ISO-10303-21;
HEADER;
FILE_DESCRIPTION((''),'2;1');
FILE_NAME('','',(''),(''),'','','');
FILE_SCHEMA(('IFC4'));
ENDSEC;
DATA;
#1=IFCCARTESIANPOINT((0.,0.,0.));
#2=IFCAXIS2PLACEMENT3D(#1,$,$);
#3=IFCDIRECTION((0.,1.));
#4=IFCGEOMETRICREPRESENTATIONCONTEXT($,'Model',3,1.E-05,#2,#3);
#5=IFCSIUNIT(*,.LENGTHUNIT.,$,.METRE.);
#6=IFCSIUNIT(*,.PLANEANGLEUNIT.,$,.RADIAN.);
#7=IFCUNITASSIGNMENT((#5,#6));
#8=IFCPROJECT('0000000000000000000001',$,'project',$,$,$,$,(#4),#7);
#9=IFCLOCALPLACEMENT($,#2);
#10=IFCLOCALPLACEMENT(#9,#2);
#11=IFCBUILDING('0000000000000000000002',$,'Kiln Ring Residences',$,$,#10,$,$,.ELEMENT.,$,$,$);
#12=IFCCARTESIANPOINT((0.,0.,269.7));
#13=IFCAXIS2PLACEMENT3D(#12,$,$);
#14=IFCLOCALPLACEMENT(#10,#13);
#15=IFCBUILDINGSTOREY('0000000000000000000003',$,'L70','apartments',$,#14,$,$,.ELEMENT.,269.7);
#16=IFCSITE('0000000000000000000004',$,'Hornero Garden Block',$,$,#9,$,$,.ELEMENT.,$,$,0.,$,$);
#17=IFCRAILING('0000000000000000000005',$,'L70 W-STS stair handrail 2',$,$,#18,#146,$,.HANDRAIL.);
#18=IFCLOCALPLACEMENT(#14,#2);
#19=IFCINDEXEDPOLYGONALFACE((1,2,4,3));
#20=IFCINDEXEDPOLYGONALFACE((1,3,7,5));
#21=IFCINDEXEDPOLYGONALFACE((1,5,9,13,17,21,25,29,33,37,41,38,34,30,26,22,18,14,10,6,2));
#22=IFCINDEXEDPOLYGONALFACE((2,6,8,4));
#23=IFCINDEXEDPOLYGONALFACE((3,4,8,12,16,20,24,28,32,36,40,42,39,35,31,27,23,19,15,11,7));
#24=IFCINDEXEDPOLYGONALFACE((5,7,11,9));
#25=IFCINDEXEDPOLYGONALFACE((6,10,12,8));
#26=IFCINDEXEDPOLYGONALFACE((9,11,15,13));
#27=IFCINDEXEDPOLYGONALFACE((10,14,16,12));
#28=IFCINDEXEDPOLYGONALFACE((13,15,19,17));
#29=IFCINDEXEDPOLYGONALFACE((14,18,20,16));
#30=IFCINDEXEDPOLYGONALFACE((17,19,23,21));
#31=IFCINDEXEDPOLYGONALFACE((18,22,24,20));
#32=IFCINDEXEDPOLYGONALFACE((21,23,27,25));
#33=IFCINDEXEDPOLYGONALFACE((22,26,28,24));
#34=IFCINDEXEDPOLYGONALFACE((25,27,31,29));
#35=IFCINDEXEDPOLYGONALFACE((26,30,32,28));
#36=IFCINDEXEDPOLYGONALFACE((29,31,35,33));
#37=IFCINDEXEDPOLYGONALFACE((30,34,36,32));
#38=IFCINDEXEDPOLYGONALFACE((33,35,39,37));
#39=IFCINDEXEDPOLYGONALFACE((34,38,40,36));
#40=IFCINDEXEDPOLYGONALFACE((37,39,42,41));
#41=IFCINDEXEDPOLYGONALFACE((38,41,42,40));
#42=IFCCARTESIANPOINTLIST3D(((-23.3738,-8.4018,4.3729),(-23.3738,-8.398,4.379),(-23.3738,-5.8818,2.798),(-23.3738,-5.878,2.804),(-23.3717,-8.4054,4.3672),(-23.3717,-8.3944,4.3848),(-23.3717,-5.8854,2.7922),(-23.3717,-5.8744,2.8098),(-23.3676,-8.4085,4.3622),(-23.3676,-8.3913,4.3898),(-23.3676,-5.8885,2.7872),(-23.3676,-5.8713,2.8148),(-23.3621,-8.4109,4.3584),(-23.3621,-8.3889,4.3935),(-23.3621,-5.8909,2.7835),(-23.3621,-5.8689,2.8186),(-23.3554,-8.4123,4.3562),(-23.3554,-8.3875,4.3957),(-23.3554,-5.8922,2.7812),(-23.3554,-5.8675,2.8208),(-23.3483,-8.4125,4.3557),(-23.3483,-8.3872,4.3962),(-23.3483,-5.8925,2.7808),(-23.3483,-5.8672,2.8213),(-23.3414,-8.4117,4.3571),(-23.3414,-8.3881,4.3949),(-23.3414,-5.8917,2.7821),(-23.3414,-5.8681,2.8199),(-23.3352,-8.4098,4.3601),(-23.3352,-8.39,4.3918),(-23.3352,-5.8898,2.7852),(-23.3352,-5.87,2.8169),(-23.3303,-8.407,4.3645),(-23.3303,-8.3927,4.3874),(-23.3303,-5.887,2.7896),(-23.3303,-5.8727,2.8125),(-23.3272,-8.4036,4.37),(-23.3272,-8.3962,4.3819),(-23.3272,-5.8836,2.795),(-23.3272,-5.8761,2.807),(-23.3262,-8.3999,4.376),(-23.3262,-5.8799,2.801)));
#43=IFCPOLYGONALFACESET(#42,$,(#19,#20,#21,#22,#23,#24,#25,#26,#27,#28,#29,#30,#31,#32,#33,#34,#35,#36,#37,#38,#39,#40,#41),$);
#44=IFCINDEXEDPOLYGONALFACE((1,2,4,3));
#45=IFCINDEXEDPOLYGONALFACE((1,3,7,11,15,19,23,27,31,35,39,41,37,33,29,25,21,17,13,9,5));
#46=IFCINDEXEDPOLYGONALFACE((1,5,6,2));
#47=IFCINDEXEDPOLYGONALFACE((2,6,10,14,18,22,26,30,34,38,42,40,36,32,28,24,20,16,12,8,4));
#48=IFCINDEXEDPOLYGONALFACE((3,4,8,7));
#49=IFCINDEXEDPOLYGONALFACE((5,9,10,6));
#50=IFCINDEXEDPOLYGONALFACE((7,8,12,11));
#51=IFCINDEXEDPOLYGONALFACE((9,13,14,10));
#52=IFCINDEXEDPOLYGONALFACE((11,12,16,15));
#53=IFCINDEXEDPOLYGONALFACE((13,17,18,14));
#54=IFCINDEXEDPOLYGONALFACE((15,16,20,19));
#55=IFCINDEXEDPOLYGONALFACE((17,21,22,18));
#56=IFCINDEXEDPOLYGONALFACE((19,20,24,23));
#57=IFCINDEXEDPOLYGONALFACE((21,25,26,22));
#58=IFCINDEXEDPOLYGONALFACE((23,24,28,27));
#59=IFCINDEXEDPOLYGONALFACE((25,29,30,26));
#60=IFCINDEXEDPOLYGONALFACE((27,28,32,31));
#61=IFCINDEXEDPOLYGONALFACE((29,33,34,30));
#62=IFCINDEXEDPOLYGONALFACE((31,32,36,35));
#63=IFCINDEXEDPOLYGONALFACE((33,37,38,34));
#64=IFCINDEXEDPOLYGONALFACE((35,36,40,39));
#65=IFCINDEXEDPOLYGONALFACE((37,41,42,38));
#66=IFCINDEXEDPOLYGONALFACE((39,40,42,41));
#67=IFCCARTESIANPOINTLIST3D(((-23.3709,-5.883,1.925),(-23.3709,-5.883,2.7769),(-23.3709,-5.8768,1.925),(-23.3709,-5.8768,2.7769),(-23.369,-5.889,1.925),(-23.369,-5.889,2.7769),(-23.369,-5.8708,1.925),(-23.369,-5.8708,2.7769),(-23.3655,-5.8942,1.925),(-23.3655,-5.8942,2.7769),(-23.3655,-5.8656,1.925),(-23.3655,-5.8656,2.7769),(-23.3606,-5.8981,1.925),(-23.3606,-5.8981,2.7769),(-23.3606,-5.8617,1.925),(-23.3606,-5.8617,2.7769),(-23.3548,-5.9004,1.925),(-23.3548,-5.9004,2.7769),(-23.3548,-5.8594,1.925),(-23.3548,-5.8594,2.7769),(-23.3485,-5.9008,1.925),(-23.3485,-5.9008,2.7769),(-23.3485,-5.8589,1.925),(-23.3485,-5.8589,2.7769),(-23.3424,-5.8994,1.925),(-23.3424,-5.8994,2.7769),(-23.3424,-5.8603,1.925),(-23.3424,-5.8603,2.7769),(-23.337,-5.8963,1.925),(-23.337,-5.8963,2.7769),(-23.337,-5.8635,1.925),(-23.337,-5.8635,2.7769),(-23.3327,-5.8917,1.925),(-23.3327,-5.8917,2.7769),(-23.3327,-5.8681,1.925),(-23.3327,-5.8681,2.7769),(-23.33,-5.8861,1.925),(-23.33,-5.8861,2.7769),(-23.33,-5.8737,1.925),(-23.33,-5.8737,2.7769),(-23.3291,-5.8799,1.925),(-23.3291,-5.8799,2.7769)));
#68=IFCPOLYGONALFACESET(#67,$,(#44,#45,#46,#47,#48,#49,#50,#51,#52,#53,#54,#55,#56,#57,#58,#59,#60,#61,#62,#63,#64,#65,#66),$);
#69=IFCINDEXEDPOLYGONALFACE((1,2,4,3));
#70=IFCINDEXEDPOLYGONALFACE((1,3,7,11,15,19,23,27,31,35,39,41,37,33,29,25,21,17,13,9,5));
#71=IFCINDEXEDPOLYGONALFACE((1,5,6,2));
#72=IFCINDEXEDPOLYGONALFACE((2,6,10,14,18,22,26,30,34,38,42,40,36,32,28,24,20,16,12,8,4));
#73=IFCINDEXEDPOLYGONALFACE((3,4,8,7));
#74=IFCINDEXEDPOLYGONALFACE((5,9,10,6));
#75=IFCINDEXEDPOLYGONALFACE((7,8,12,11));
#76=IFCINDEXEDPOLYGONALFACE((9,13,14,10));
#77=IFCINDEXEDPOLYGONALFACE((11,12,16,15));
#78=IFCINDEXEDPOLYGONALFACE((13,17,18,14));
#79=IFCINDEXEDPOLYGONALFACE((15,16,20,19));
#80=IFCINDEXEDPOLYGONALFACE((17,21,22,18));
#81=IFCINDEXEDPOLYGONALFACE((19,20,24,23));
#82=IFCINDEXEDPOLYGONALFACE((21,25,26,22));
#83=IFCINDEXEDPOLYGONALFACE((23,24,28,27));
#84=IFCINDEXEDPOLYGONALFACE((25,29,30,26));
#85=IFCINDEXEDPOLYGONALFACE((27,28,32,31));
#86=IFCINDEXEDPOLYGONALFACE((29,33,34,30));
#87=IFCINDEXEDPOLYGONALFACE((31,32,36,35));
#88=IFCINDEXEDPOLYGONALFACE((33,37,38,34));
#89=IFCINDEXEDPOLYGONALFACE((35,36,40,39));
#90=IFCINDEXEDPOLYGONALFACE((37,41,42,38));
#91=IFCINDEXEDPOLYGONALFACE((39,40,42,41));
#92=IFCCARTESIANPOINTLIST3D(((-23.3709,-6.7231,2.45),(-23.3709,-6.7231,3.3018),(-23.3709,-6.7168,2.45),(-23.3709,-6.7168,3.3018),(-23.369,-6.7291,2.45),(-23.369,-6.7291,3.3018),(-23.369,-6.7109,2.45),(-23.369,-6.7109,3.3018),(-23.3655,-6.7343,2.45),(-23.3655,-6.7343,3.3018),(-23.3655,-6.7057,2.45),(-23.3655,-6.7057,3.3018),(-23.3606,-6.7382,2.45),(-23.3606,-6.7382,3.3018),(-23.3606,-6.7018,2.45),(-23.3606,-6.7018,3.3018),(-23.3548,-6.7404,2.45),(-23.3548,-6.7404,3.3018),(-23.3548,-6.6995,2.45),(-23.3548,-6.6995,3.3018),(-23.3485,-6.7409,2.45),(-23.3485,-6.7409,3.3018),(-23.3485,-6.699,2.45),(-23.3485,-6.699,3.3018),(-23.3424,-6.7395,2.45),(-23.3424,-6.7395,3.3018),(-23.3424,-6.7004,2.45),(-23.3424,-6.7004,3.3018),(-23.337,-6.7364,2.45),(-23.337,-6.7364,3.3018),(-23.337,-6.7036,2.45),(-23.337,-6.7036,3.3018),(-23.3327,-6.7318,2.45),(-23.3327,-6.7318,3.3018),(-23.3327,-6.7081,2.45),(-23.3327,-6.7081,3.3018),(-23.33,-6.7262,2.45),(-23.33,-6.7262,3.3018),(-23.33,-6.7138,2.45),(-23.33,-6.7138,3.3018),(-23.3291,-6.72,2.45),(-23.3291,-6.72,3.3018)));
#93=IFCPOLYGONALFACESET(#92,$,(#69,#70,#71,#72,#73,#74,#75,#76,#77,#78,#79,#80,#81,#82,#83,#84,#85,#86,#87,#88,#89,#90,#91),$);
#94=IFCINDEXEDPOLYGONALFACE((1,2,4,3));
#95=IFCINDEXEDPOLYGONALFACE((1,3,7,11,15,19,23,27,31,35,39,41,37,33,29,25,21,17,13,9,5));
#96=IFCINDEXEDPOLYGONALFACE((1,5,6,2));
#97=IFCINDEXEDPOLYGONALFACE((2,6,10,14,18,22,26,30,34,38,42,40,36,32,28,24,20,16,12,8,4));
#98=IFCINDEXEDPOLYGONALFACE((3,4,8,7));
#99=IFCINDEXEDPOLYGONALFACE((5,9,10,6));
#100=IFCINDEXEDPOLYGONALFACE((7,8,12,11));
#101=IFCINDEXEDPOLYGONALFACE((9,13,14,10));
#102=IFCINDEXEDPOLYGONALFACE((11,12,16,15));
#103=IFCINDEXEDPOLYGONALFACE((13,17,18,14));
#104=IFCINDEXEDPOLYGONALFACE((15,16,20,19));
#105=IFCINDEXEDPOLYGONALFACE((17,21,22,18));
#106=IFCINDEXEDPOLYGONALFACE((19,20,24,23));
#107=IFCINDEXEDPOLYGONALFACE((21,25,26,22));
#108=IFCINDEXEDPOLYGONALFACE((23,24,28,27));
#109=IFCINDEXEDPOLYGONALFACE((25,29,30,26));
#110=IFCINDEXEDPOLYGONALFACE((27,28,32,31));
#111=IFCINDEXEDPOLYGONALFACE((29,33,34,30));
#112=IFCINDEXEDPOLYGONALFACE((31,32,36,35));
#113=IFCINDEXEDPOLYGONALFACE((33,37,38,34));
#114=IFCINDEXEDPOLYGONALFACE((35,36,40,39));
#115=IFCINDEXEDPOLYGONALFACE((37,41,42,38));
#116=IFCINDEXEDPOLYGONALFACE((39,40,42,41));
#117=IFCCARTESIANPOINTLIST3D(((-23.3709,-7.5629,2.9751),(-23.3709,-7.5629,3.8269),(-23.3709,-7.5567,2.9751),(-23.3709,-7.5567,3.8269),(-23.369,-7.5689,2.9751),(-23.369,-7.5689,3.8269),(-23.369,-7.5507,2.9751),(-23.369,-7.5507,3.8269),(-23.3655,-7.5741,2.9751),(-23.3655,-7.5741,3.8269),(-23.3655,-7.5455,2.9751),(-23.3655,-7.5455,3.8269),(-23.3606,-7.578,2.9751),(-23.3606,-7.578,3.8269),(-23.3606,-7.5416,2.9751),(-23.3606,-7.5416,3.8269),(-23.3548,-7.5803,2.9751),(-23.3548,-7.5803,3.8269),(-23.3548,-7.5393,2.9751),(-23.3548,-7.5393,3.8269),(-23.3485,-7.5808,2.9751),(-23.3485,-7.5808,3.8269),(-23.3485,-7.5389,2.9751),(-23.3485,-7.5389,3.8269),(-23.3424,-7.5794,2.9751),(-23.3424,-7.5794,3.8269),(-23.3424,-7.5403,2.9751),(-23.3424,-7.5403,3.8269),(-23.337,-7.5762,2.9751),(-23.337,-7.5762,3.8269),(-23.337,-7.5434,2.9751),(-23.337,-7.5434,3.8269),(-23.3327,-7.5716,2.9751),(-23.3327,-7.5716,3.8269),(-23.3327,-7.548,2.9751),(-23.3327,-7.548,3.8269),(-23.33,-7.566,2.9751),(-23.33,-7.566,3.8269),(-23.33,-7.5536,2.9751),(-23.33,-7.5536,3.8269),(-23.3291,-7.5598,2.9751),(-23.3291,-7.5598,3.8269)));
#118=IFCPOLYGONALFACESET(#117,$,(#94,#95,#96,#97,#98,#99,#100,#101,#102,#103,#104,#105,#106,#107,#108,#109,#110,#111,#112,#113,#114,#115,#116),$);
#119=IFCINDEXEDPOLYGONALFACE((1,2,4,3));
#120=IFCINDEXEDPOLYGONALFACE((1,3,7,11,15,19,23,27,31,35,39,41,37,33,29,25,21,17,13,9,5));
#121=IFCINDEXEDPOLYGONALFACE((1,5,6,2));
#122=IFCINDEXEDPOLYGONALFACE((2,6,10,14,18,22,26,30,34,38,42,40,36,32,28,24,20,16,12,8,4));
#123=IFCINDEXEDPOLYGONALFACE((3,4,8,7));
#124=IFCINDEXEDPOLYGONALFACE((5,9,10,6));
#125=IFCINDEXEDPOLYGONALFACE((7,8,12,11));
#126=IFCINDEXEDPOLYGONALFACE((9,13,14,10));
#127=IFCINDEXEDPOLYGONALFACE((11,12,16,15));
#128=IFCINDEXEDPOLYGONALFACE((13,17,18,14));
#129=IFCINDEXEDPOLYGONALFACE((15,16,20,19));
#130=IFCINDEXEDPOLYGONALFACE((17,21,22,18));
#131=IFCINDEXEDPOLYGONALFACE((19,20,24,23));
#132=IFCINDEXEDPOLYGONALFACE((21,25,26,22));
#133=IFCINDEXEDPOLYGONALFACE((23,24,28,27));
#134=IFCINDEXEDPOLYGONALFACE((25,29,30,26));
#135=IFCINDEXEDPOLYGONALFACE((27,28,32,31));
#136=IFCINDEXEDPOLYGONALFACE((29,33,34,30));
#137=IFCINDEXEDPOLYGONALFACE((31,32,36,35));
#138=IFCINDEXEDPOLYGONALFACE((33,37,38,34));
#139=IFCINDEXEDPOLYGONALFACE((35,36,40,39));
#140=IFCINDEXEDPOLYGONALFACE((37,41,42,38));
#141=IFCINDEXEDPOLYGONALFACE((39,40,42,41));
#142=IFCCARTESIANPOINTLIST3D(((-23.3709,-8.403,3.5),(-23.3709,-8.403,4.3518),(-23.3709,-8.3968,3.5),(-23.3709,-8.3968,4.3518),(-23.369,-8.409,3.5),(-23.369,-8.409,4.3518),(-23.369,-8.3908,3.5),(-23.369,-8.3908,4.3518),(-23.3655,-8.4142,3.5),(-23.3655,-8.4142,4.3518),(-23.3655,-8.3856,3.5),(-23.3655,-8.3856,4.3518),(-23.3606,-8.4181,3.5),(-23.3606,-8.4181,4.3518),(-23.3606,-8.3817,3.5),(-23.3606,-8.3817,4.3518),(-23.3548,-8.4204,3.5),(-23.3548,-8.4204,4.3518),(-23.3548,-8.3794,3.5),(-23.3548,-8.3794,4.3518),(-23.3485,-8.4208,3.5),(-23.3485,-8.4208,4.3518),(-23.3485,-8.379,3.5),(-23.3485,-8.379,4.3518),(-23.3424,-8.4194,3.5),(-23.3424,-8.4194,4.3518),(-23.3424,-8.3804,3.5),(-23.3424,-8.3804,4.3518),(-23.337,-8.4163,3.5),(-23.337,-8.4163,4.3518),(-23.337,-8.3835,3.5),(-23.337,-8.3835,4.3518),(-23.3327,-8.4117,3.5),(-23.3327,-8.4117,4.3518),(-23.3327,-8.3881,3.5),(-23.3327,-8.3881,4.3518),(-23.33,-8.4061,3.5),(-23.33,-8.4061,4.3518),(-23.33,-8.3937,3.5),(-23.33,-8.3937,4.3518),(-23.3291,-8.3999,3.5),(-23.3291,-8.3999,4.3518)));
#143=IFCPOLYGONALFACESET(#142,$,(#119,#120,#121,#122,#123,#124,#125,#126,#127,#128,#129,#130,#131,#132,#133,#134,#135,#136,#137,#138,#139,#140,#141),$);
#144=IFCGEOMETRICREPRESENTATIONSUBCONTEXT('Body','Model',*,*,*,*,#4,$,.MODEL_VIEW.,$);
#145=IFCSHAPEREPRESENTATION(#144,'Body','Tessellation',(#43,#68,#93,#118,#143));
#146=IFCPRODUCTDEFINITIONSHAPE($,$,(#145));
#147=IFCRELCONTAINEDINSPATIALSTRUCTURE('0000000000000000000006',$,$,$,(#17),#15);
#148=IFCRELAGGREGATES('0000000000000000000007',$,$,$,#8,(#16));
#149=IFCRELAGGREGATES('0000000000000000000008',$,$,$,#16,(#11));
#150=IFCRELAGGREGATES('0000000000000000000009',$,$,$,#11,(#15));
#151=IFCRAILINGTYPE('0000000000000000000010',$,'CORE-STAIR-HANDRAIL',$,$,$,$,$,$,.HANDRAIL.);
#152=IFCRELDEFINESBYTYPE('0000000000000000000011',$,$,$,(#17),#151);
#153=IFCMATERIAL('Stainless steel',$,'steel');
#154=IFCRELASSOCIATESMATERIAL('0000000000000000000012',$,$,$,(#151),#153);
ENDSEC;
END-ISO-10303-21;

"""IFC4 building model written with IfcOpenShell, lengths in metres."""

from ifc_helpers import new_model, si_unit, direction, frame, origin, origin_2d, place, context, subcontext, project, spatial, circle, extrude, material, type_object, element, save


model = new_model("IFC4")

# Units and contexts
model_context = context("Model", 3, precision=1e-05, world=origin(), true_north=direction((0.0, 1.0)))
body_context = subcontext(model_context, "Body", "Model", "MODEL_VIEW")
ifc_project = project(units=[si_unit("LENGTHUNIT", "METRE"), si_unit("PLANEANGLEUNIT", "RADIAN")], contexts=[model_context])

# Site, building, storey
site_placement = place(None, origin())
site = spatial("IfcSite", under=ifc_project, at=site_placement, Name="Hornero Garden Block", CompositionType="ELEMENT", RefElevation=0.0)
building_placement = place(site_placement, origin())
building = spatial("IfcBuilding", under=site, at=building_placement, Name="Kiln Ring Residences", CompositionType="ELEMENT")
storey_placement = place(building_placement, frame((0.0, 0.0, 269.7)))
storey = spatial("IfcBuildingStorey", under=building, at=storey_placement, Name="L70", Description="apartments", CompositionType="ELEMENT", Elevation=269.7)

# Railing
ifc_material_1 = material(Name="Stainless steel", Category="steel")
railing_type_1 = type_object("IfcRailingType", Name="CORE-STAIR-HANDRAIL", PredefinedType="HANDRAIL", material=ifc_material_1)
railing_1_placement = place(storey_placement, frame((-23.3501, -5.8799, 1.925)))
element("IfcRailing", 1, at=railing_1_placement, inside=storey, type_object=railing_type_1, Name="L70 W-STS stair handrail 2", PredefinedType="HANDRAIL", context=body_context, shape_type="SweptSolid", body=[
    extrude(circle(Radius=0.0239, at=origin_2d()), frame((0.0, 0.0, 0.876), z_axis=(0.0, -0.848008, 0.529984), x_axis=(1.0, 0.0, 0.0)), (0.0, 0.0, 1.0), 2.9717),
    extrude(circle(Radius=0.021, at=origin_2d()), origin(), (0.0, 0.0, 1.0), 0.8518),
    extrude(circle(Radius=0.021, at=origin_2d()), frame((0.0, -0.8401, 0.5249)), (0.0, 0.0, 1.0), 0.8518),
    extrude(circle(Radius=0.021, at=origin_2d()), frame((0.0, -1.6799, 1.05)), (0.0, 0.0, 1.0), 0.8518),
    extrude(circle(Radius=0.021, at=origin_2d()), frame((0.0, -2.52, 1.575)), (0.0, 0.0, 1.0), 0.8518),
])

save(model, "model.ifc")
